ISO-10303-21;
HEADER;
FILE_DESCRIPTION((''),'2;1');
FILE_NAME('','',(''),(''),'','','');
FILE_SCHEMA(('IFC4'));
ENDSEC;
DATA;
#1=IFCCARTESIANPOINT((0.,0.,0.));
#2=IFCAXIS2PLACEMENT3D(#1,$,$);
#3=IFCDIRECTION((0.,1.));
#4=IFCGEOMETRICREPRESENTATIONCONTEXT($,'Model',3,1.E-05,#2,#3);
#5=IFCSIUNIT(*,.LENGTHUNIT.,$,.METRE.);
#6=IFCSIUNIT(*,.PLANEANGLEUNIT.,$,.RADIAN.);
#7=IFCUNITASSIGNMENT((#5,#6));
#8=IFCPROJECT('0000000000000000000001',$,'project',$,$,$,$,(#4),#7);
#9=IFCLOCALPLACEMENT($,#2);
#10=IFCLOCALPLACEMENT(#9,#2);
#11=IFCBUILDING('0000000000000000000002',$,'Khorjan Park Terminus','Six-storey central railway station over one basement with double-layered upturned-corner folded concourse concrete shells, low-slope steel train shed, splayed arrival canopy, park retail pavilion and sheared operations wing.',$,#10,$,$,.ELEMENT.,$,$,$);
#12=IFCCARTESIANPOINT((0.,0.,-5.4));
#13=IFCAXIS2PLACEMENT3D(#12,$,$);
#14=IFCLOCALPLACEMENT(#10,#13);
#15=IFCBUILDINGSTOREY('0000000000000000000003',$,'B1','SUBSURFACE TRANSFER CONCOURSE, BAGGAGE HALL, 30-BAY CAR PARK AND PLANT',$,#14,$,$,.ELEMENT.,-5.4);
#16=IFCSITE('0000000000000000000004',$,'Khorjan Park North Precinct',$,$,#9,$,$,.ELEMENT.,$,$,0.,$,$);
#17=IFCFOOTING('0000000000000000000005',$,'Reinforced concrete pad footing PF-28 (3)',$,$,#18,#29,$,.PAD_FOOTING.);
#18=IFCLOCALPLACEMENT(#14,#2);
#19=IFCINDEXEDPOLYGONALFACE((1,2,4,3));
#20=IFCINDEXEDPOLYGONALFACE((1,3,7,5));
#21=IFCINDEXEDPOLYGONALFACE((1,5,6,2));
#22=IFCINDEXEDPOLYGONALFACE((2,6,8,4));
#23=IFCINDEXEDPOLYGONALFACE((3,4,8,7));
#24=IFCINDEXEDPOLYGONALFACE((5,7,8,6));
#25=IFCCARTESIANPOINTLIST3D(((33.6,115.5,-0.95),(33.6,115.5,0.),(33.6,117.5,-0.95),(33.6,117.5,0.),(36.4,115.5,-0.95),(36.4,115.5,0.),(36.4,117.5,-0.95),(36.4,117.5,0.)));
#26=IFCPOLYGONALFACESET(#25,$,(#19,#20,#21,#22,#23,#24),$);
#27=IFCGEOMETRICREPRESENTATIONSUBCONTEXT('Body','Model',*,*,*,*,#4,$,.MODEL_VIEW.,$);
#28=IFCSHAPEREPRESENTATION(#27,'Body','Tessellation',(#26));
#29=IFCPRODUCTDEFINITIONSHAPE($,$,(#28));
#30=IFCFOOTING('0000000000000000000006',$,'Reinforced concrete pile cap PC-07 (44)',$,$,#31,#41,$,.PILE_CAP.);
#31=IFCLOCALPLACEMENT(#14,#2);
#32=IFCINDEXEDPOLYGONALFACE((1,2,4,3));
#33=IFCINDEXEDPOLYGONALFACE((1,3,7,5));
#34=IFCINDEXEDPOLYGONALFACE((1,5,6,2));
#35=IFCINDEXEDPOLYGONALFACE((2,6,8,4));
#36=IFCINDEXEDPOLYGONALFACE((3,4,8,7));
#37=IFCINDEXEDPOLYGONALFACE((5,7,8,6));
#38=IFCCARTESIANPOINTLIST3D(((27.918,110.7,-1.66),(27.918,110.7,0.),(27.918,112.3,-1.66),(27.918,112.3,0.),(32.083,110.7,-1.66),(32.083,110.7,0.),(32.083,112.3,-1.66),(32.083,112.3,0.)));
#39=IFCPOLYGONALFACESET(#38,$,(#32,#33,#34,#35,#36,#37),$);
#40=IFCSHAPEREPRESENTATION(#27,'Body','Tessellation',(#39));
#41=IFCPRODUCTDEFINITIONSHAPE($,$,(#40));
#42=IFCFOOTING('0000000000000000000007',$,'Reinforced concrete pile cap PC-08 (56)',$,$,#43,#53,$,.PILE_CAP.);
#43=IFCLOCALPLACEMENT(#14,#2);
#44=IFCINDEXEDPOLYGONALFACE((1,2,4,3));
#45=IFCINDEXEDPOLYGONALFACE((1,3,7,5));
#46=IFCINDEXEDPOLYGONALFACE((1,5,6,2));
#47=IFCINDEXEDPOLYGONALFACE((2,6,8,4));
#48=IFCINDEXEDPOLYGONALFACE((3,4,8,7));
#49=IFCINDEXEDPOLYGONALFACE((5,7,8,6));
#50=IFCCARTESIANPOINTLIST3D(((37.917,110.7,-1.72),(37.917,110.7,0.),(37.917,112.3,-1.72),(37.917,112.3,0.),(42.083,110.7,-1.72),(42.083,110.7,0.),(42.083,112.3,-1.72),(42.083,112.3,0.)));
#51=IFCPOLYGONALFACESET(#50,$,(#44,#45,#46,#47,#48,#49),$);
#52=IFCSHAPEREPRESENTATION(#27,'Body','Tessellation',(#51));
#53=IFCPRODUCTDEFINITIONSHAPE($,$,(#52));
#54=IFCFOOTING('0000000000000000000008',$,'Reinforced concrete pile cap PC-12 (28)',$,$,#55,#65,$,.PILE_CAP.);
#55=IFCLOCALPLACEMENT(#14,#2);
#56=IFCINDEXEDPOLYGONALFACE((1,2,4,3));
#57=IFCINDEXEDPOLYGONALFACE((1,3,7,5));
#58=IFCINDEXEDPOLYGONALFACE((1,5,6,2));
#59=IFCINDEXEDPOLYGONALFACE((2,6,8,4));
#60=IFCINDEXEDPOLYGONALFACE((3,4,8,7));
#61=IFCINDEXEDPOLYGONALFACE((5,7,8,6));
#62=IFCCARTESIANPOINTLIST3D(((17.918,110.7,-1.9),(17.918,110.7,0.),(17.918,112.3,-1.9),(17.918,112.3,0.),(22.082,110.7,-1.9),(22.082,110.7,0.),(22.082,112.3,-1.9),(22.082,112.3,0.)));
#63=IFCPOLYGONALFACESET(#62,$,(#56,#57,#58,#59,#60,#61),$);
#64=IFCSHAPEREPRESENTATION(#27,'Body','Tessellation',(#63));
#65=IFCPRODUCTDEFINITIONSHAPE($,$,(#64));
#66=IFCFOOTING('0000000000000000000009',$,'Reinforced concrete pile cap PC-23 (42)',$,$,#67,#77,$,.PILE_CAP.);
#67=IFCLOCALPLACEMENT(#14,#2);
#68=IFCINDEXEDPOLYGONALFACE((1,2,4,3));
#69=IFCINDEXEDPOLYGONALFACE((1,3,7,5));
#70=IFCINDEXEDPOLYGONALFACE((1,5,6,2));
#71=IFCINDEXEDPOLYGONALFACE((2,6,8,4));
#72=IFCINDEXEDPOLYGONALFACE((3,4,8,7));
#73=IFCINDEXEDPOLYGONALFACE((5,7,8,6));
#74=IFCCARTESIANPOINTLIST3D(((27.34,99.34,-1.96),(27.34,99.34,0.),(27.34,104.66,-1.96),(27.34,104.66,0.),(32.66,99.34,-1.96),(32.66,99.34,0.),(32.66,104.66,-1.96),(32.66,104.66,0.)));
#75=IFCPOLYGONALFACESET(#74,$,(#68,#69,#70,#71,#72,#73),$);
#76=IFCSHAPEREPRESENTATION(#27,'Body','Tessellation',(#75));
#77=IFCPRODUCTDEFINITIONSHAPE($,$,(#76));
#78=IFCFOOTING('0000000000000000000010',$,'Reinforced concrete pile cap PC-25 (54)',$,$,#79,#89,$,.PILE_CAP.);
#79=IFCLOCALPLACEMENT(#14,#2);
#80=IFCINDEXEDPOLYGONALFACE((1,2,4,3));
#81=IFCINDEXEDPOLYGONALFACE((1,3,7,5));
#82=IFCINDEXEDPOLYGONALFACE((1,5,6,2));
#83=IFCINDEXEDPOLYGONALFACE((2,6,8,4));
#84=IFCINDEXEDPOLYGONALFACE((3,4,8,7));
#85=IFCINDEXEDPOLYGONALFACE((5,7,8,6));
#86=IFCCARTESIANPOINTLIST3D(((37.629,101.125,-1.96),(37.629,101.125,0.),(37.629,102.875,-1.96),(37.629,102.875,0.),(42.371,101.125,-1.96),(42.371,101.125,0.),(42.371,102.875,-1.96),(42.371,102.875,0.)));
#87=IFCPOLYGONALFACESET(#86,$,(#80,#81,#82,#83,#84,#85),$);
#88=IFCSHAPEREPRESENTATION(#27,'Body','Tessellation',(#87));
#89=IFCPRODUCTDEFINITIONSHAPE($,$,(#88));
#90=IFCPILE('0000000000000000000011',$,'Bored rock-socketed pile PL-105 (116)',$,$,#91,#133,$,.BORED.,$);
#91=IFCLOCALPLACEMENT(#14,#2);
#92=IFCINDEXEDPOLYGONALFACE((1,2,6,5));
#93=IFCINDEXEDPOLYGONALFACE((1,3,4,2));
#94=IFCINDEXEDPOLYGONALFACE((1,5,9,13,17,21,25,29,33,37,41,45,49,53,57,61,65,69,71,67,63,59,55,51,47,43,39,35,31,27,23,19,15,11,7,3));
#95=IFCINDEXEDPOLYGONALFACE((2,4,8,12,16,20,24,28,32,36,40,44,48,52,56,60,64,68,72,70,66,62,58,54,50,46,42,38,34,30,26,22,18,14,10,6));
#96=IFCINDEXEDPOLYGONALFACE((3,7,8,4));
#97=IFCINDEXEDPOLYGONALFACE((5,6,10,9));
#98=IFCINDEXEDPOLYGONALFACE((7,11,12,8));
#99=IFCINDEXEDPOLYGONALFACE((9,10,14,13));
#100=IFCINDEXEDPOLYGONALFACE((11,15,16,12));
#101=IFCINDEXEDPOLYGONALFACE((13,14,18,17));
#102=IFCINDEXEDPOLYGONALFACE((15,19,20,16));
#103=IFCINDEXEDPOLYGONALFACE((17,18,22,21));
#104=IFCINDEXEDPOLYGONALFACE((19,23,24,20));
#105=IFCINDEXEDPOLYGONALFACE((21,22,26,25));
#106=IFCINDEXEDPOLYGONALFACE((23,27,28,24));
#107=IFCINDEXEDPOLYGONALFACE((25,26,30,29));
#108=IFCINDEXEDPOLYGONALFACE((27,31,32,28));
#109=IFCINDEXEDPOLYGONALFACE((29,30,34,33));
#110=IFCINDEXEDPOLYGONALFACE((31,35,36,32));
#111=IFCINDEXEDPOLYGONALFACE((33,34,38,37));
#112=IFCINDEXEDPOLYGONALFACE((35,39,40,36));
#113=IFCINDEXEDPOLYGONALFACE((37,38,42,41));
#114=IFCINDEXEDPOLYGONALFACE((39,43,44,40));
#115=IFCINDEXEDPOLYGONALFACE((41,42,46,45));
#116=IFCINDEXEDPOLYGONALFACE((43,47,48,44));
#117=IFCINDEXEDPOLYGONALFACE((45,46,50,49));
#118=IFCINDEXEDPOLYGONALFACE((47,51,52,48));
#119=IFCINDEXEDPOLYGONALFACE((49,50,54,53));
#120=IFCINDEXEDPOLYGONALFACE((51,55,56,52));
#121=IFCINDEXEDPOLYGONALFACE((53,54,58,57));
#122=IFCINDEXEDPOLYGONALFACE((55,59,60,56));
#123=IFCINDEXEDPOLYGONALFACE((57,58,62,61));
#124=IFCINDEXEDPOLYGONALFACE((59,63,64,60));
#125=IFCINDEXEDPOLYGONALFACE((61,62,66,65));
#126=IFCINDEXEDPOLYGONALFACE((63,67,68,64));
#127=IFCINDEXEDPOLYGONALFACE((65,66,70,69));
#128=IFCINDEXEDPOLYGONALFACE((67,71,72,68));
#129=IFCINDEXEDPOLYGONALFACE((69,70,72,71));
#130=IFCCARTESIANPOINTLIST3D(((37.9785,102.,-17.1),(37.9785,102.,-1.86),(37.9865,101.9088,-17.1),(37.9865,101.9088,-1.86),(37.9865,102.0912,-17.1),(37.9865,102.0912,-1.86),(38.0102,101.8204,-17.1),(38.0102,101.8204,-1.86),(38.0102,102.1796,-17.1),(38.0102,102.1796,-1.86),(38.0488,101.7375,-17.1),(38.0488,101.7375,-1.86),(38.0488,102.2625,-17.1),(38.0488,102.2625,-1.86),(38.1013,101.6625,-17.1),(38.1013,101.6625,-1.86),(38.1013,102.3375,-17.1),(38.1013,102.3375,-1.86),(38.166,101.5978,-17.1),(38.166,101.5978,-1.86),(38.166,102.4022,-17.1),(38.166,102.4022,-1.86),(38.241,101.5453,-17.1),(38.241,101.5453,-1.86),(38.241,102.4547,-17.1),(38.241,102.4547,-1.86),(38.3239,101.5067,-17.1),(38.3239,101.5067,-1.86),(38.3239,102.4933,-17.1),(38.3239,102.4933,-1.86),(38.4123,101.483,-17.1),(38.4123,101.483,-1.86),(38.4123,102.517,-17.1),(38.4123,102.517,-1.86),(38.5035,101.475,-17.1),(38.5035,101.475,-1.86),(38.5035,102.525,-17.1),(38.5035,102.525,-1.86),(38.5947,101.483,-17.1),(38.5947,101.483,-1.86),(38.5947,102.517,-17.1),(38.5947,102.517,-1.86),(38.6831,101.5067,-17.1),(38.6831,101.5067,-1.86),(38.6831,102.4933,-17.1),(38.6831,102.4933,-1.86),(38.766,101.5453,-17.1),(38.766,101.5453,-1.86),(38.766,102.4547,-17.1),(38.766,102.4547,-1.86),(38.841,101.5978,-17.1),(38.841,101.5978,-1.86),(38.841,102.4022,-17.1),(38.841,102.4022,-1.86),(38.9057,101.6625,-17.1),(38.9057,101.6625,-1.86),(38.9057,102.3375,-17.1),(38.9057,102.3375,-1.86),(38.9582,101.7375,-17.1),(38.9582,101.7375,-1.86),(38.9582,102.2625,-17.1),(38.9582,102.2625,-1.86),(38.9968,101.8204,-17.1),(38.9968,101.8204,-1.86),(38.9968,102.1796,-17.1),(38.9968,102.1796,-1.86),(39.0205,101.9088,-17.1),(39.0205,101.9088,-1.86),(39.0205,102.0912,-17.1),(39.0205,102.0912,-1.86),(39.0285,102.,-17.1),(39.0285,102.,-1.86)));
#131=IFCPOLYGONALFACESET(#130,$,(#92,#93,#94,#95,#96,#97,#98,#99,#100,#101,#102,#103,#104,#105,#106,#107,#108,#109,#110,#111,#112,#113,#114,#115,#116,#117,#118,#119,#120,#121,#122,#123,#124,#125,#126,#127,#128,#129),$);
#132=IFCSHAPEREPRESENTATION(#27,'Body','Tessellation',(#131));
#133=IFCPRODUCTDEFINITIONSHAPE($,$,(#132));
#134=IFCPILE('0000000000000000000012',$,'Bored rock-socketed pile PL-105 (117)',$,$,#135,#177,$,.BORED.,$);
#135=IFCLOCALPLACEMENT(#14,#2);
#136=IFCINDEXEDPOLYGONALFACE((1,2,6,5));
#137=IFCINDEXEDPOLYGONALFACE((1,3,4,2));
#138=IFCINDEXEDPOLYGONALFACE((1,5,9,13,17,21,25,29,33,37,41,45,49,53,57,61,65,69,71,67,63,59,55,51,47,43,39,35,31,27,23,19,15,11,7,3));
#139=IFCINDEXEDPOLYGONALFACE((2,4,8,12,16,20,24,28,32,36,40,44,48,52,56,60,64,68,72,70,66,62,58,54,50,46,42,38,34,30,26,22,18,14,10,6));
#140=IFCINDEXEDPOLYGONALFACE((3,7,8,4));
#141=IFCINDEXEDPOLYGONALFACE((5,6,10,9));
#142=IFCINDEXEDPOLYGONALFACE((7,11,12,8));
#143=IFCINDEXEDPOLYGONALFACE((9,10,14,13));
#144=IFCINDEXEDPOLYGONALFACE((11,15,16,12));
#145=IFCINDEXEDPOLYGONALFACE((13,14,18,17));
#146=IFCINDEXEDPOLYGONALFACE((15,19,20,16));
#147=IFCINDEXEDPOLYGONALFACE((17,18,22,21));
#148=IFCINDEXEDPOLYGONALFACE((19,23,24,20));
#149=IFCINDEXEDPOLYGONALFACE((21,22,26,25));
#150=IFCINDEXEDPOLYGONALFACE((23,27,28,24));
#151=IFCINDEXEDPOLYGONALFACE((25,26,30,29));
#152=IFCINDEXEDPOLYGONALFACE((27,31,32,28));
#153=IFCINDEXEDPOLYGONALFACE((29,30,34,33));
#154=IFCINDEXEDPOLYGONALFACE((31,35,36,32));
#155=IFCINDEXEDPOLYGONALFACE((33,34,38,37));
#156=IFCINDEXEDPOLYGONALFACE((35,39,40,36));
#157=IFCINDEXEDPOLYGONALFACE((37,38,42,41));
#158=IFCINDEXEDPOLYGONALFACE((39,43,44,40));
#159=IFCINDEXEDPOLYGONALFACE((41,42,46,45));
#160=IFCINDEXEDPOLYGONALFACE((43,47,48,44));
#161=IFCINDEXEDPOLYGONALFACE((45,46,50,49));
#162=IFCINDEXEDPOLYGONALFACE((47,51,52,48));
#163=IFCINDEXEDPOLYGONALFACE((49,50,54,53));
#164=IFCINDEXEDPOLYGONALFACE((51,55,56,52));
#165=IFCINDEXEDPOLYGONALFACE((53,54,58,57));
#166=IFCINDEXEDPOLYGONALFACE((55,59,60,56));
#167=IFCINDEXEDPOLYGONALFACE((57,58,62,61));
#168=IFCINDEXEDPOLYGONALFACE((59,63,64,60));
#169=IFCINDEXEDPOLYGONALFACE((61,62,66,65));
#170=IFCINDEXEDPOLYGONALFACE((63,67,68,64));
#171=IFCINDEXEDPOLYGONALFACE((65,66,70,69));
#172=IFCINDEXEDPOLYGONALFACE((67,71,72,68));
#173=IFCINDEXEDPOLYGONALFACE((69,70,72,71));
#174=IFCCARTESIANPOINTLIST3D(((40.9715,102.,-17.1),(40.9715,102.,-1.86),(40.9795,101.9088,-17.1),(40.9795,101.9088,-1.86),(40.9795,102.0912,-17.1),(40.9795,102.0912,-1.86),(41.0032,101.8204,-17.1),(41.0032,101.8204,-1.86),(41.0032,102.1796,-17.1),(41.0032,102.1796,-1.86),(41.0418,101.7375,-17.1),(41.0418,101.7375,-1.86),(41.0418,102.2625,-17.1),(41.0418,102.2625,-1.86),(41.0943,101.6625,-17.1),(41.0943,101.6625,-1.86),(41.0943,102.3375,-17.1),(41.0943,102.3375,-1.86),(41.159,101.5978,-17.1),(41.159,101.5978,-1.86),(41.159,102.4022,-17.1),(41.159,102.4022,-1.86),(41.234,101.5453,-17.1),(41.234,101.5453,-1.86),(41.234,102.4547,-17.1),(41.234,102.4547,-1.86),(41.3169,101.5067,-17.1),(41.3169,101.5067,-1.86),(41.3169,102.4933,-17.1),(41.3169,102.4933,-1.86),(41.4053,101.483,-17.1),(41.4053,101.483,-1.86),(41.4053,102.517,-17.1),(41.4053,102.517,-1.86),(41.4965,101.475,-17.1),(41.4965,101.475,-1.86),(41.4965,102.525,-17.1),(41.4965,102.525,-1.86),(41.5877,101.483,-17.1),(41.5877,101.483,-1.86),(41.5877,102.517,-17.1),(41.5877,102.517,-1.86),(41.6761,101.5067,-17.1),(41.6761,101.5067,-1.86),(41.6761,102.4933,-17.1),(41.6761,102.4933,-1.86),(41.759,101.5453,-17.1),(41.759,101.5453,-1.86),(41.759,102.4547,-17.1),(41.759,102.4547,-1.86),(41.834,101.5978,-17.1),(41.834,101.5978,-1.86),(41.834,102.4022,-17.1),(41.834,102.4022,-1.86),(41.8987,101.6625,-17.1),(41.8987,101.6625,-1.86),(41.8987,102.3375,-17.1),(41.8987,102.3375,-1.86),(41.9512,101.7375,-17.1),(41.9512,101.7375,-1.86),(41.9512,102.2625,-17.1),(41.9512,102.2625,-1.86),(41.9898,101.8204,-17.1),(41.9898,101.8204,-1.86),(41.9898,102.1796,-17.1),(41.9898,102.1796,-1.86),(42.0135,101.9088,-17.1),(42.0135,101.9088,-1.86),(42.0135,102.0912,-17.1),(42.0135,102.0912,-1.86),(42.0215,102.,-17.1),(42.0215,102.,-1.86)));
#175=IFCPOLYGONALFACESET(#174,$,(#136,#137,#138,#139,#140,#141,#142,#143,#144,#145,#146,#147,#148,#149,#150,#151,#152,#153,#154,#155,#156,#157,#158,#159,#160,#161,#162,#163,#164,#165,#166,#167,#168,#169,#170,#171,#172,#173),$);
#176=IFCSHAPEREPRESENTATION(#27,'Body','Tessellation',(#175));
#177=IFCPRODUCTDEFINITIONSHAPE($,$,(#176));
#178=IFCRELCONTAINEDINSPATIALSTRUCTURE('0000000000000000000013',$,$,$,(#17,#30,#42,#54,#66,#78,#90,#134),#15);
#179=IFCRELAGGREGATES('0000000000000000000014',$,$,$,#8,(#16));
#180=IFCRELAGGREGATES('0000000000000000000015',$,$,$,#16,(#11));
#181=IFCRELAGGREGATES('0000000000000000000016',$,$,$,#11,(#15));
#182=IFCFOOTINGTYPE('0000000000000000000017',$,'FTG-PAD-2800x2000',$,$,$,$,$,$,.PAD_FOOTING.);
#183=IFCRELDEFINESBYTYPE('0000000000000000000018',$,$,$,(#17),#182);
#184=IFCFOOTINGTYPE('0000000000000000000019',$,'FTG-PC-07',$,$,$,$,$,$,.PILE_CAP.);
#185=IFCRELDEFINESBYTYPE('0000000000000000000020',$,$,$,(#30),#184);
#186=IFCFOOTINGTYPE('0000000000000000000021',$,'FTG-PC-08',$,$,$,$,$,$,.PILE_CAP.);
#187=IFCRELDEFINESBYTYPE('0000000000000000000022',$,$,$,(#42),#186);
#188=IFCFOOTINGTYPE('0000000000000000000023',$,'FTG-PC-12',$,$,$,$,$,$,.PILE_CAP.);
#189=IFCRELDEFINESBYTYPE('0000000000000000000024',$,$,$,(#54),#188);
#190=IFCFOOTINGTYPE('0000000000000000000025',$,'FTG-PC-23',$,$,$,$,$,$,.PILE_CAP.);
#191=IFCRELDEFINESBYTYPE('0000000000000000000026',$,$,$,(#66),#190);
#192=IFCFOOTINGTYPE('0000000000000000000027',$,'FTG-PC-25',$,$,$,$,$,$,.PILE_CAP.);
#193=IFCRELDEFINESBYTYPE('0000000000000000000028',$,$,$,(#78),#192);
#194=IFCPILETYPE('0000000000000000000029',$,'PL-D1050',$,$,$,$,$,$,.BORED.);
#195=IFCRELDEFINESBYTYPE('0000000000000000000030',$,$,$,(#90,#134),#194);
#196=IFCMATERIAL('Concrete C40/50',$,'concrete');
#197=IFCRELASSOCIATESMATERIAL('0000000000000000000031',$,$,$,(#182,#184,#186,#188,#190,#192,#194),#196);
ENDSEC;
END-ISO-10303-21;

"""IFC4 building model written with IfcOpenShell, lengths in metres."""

from ifc_helpers import new_model, si_unit, direction, frame, origin, origin_2d, place, context, subcontext, project, spatial, rectangle, circle, extrude, material, material_profile, profile_set, type_object, element, save


model = new_model("IFC4")

# Units and contexts
model_context = context("Model", 3, precision=1e-05, world=origin(), true_north=direction((0.0, 1.0)))
body_context = subcontext(model_context, "Body", "Model", "MODEL_VIEW")
ifc_project = project(units=[si_unit("LENGTHUNIT", "METRE"), si_unit("PLANEANGLEUNIT", "RADIAN")], contexts=[model_context])

# Site, building, storey
site_placement = place(None, origin())
site = spatial("IfcSite", under=ifc_project, at=site_placement, Name="Khorjan Park North Precinct", CompositionType="ELEMENT", RefElevation=0.0)
building_placement = place(site_placement, origin())
building = spatial("IfcBuilding", under=site, at=building_placement, Name="Khorjan Park Terminus", Description="Six-storey central railway station over one basement with double-layered upturned-corner folded concourse concrete shells, low-slope steel train shed, splayed arrival canopy, park retail pavilion and sheared operations wing.", CompositionType="ELEMENT")
storey_placement = place(building_placement, frame((0.0, 0.0, -5.4)))
storey = spatial("IfcBuildingStorey", under=building, at=storey_placement, Name="B1", Description="SUBSURFACE TRANSFER CONCOURSE, BAGGAGE HALL, 30-BAY CAR PARK AND PLANT", CompositionType="ELEMENT", Elevation=-5.4)

# Footings
ifc_material_1 = material(Name="Concrete C40/50", Category="concrete")
footing_type_1 = type_object("IfcFootingType", Name="FTG-PAD-2800x2000", PredefinedType="PAD_FOOTING", material=ifc_material_1)
footing_1_placement = place(storey_placement, frame((35.0, 116.5, -0.95), z_axis=(0.0, 0.0, 1.0), x_axis=(1.0, 0.0, 0.0)))
element("IfcFooting", 1, at=footing_1_placement, inside=storey, type_object=footing_type_1, Name="Reinforced concrete pad footing PF-28 (3)", PredefinedType="PAD_FOOTING", context=body_context, shape_type="SweptSolid", body=[
    extrude(rectangle(XDim=2.8, YDim=2.0, at=origin_2d()), origin(), (0.0, 0.0, 1.0), 0.95),
])
footing_type_2 = type_object("IfcFootingType", Name="FTG-PC-07", PredefinedType="PILE_CAP", material=ifc_material_1)
footing_2_placement = place(storey_placement, frame((30.0005, 111.5, -1.66), z_axis=(0.0, 0.0, 1.0), x_axis=(1.0, 0.0, 0.0)))
element("IfcFooting", 2, at=footing_2_placement, inside=storey, type_object=footing_type_2, Name="Reinforced concrete pile cap PC-07 (44)", PredefinedType="PILE_CAP", context=body_context, shape_type="SweptSolid", body=[
    extrude(rectangle(XDim=4.165, YDim=1.6, at=origin_2d()), origin(), (0.0, 0.0, 1.0), 1.66),
])
footing_type_3 = type_object("IfcFootingType", Name="FTG-PC-08", PredefinedType="PILE_CAP", material=ifc_material_1)
footing_3_placement = place(storey_placement, frame((40.0, 111.5, -1.72), z_axis=(0.0, 0.0, 1.0), x_axis=(1.0, 0.0, 0.0)))
element("IfcFooting", 3, at=footing_3_placement, inside=storey, type_object=footing_type_3, Name="Reinforced concrete pile cap PC-08 (56)", PredefinedType="PILE_CAP", context=body_context, shape_type="SweptSolid", body=[
    extrude(rectangle(XDim=4.166, YDim=1.6, at=origin_2d()), origin(), (0.0, 0.0, 1.0), 1.72),
])
footing_type_4 = type_object("IfcFootingType", Name="FTG-PC-12", PredefinedType="PILE_CAP", material=ifc_material_1)
footing_4_placement = place(storey_placement, frame((20.0, 111.5, -1.9), z_axis=(0.0, 0.0, 1.0), x_axis=(1.0, 0.0, 0.0)))
element("IfcFooting", 4, at=footing_4_placement, inside=storey, type_object=footing_type_4, Name="Reinforced concrete pile cap PC-12 (28)", PredefinedType="PILE_CAP", context=body_context, shape_type="SweptSolid", body=[
    extrude(rectangle(XDim=4.164, YDim=1.6, at=origin_2d()), origin(), (0.0, 0.0, 1.0), 1.9),
])
footing_type_5 = type_object("IfcFootingType", Name="FTG-PC-23", PredefinedType="PILE_CAP", material=ifc_material_1)
footing_5_placement = place(storey_placement, frame((30.0, 102.0, -1.96), z_axis=(0.0, 0.0, 1.0), x_axis=(1.0, 0.0, 0.0)))
element("IfcFooting", 5, at=footing_5_placement, inside=storey, type_object=footing_type_5, Name="Reinforced concrete pile cap PC-23 (42)", PredefinedType="PILE_CAP", context=body_context, shape_type="SweptSolid", body=[
    extrude(rectangle(XDim=5.32, YDim=5.32, at=origin_2d()), origin(), (0.0, 0.0, 1.0), 1.96),
])
footing_type_6 = type_object("IfcFootingType", Name="FTG-PC-25", PredefinedType="PILE_CAP", material=ifc_material_1)
footing_6_placement = place(storey_placement, frame((40.0, 102.0, -1.96), z_axis=(0.0, 0.0, 1.0), x_axis=(1.0, 0.0, 0.0)))
element("IfcFooting", 6, at=footing_6_placement, inside=storey, type_object=footing_type_6, Name="Reinforced concrete pile cap PC-25 (54)", PredefinedType="PILE_CAP", context=body_context, shape_type="SweptSolid", body=[
    extrude(rectangle(XDim=4.742, YDim=1.75, at=origin_2d()), origin(), (0.0, 0.0, 1.0), 1.96),
])

# Piles
ifc_material_profile_1 = material_profile(ifc_material_1, circle(Radius=0.525, at=origin_2d()), Name="BORED D1050")
ifc_profile_set_1 = profile_set([ifc_material_profile_1], Name="Concrete C40/50")
pile_type_1 = type_object("IfcPileType", Name="PL-D1050", PredefinedType="BORED", material=ifc_profile_set_1)
for number, where, z_axis, x_axis, name in (
    (7, (38.5035, 102.0, -1.86), (0.0, 0.0, -1.0), (1.0, 0.0, 0.0), "Bored rock-socketed pile PL-105 (116)"),
    (8, (41.4965, 102.0, -1.86), (0.0, 0.0, -1.0), (1.0, 0.0, 0.0), "Bored rock-socketed pile PL-105 (117)"),
):
    element("IfcPile", number, at=place(storey_placement, frame(where, z_axis=z_axis, x_axis=x_axis)), inside=storey, type_object=pile_type_1, Name=name, PredefinedType="BORED", context=body_context, shape_type="SweptSolid", body=[
        extrude(circle(Radius=0.525, at=origin_2d()), origin(), (0.0, 0.0, 1.0), 15.24),
    ])

save(model, "model.ifc")
